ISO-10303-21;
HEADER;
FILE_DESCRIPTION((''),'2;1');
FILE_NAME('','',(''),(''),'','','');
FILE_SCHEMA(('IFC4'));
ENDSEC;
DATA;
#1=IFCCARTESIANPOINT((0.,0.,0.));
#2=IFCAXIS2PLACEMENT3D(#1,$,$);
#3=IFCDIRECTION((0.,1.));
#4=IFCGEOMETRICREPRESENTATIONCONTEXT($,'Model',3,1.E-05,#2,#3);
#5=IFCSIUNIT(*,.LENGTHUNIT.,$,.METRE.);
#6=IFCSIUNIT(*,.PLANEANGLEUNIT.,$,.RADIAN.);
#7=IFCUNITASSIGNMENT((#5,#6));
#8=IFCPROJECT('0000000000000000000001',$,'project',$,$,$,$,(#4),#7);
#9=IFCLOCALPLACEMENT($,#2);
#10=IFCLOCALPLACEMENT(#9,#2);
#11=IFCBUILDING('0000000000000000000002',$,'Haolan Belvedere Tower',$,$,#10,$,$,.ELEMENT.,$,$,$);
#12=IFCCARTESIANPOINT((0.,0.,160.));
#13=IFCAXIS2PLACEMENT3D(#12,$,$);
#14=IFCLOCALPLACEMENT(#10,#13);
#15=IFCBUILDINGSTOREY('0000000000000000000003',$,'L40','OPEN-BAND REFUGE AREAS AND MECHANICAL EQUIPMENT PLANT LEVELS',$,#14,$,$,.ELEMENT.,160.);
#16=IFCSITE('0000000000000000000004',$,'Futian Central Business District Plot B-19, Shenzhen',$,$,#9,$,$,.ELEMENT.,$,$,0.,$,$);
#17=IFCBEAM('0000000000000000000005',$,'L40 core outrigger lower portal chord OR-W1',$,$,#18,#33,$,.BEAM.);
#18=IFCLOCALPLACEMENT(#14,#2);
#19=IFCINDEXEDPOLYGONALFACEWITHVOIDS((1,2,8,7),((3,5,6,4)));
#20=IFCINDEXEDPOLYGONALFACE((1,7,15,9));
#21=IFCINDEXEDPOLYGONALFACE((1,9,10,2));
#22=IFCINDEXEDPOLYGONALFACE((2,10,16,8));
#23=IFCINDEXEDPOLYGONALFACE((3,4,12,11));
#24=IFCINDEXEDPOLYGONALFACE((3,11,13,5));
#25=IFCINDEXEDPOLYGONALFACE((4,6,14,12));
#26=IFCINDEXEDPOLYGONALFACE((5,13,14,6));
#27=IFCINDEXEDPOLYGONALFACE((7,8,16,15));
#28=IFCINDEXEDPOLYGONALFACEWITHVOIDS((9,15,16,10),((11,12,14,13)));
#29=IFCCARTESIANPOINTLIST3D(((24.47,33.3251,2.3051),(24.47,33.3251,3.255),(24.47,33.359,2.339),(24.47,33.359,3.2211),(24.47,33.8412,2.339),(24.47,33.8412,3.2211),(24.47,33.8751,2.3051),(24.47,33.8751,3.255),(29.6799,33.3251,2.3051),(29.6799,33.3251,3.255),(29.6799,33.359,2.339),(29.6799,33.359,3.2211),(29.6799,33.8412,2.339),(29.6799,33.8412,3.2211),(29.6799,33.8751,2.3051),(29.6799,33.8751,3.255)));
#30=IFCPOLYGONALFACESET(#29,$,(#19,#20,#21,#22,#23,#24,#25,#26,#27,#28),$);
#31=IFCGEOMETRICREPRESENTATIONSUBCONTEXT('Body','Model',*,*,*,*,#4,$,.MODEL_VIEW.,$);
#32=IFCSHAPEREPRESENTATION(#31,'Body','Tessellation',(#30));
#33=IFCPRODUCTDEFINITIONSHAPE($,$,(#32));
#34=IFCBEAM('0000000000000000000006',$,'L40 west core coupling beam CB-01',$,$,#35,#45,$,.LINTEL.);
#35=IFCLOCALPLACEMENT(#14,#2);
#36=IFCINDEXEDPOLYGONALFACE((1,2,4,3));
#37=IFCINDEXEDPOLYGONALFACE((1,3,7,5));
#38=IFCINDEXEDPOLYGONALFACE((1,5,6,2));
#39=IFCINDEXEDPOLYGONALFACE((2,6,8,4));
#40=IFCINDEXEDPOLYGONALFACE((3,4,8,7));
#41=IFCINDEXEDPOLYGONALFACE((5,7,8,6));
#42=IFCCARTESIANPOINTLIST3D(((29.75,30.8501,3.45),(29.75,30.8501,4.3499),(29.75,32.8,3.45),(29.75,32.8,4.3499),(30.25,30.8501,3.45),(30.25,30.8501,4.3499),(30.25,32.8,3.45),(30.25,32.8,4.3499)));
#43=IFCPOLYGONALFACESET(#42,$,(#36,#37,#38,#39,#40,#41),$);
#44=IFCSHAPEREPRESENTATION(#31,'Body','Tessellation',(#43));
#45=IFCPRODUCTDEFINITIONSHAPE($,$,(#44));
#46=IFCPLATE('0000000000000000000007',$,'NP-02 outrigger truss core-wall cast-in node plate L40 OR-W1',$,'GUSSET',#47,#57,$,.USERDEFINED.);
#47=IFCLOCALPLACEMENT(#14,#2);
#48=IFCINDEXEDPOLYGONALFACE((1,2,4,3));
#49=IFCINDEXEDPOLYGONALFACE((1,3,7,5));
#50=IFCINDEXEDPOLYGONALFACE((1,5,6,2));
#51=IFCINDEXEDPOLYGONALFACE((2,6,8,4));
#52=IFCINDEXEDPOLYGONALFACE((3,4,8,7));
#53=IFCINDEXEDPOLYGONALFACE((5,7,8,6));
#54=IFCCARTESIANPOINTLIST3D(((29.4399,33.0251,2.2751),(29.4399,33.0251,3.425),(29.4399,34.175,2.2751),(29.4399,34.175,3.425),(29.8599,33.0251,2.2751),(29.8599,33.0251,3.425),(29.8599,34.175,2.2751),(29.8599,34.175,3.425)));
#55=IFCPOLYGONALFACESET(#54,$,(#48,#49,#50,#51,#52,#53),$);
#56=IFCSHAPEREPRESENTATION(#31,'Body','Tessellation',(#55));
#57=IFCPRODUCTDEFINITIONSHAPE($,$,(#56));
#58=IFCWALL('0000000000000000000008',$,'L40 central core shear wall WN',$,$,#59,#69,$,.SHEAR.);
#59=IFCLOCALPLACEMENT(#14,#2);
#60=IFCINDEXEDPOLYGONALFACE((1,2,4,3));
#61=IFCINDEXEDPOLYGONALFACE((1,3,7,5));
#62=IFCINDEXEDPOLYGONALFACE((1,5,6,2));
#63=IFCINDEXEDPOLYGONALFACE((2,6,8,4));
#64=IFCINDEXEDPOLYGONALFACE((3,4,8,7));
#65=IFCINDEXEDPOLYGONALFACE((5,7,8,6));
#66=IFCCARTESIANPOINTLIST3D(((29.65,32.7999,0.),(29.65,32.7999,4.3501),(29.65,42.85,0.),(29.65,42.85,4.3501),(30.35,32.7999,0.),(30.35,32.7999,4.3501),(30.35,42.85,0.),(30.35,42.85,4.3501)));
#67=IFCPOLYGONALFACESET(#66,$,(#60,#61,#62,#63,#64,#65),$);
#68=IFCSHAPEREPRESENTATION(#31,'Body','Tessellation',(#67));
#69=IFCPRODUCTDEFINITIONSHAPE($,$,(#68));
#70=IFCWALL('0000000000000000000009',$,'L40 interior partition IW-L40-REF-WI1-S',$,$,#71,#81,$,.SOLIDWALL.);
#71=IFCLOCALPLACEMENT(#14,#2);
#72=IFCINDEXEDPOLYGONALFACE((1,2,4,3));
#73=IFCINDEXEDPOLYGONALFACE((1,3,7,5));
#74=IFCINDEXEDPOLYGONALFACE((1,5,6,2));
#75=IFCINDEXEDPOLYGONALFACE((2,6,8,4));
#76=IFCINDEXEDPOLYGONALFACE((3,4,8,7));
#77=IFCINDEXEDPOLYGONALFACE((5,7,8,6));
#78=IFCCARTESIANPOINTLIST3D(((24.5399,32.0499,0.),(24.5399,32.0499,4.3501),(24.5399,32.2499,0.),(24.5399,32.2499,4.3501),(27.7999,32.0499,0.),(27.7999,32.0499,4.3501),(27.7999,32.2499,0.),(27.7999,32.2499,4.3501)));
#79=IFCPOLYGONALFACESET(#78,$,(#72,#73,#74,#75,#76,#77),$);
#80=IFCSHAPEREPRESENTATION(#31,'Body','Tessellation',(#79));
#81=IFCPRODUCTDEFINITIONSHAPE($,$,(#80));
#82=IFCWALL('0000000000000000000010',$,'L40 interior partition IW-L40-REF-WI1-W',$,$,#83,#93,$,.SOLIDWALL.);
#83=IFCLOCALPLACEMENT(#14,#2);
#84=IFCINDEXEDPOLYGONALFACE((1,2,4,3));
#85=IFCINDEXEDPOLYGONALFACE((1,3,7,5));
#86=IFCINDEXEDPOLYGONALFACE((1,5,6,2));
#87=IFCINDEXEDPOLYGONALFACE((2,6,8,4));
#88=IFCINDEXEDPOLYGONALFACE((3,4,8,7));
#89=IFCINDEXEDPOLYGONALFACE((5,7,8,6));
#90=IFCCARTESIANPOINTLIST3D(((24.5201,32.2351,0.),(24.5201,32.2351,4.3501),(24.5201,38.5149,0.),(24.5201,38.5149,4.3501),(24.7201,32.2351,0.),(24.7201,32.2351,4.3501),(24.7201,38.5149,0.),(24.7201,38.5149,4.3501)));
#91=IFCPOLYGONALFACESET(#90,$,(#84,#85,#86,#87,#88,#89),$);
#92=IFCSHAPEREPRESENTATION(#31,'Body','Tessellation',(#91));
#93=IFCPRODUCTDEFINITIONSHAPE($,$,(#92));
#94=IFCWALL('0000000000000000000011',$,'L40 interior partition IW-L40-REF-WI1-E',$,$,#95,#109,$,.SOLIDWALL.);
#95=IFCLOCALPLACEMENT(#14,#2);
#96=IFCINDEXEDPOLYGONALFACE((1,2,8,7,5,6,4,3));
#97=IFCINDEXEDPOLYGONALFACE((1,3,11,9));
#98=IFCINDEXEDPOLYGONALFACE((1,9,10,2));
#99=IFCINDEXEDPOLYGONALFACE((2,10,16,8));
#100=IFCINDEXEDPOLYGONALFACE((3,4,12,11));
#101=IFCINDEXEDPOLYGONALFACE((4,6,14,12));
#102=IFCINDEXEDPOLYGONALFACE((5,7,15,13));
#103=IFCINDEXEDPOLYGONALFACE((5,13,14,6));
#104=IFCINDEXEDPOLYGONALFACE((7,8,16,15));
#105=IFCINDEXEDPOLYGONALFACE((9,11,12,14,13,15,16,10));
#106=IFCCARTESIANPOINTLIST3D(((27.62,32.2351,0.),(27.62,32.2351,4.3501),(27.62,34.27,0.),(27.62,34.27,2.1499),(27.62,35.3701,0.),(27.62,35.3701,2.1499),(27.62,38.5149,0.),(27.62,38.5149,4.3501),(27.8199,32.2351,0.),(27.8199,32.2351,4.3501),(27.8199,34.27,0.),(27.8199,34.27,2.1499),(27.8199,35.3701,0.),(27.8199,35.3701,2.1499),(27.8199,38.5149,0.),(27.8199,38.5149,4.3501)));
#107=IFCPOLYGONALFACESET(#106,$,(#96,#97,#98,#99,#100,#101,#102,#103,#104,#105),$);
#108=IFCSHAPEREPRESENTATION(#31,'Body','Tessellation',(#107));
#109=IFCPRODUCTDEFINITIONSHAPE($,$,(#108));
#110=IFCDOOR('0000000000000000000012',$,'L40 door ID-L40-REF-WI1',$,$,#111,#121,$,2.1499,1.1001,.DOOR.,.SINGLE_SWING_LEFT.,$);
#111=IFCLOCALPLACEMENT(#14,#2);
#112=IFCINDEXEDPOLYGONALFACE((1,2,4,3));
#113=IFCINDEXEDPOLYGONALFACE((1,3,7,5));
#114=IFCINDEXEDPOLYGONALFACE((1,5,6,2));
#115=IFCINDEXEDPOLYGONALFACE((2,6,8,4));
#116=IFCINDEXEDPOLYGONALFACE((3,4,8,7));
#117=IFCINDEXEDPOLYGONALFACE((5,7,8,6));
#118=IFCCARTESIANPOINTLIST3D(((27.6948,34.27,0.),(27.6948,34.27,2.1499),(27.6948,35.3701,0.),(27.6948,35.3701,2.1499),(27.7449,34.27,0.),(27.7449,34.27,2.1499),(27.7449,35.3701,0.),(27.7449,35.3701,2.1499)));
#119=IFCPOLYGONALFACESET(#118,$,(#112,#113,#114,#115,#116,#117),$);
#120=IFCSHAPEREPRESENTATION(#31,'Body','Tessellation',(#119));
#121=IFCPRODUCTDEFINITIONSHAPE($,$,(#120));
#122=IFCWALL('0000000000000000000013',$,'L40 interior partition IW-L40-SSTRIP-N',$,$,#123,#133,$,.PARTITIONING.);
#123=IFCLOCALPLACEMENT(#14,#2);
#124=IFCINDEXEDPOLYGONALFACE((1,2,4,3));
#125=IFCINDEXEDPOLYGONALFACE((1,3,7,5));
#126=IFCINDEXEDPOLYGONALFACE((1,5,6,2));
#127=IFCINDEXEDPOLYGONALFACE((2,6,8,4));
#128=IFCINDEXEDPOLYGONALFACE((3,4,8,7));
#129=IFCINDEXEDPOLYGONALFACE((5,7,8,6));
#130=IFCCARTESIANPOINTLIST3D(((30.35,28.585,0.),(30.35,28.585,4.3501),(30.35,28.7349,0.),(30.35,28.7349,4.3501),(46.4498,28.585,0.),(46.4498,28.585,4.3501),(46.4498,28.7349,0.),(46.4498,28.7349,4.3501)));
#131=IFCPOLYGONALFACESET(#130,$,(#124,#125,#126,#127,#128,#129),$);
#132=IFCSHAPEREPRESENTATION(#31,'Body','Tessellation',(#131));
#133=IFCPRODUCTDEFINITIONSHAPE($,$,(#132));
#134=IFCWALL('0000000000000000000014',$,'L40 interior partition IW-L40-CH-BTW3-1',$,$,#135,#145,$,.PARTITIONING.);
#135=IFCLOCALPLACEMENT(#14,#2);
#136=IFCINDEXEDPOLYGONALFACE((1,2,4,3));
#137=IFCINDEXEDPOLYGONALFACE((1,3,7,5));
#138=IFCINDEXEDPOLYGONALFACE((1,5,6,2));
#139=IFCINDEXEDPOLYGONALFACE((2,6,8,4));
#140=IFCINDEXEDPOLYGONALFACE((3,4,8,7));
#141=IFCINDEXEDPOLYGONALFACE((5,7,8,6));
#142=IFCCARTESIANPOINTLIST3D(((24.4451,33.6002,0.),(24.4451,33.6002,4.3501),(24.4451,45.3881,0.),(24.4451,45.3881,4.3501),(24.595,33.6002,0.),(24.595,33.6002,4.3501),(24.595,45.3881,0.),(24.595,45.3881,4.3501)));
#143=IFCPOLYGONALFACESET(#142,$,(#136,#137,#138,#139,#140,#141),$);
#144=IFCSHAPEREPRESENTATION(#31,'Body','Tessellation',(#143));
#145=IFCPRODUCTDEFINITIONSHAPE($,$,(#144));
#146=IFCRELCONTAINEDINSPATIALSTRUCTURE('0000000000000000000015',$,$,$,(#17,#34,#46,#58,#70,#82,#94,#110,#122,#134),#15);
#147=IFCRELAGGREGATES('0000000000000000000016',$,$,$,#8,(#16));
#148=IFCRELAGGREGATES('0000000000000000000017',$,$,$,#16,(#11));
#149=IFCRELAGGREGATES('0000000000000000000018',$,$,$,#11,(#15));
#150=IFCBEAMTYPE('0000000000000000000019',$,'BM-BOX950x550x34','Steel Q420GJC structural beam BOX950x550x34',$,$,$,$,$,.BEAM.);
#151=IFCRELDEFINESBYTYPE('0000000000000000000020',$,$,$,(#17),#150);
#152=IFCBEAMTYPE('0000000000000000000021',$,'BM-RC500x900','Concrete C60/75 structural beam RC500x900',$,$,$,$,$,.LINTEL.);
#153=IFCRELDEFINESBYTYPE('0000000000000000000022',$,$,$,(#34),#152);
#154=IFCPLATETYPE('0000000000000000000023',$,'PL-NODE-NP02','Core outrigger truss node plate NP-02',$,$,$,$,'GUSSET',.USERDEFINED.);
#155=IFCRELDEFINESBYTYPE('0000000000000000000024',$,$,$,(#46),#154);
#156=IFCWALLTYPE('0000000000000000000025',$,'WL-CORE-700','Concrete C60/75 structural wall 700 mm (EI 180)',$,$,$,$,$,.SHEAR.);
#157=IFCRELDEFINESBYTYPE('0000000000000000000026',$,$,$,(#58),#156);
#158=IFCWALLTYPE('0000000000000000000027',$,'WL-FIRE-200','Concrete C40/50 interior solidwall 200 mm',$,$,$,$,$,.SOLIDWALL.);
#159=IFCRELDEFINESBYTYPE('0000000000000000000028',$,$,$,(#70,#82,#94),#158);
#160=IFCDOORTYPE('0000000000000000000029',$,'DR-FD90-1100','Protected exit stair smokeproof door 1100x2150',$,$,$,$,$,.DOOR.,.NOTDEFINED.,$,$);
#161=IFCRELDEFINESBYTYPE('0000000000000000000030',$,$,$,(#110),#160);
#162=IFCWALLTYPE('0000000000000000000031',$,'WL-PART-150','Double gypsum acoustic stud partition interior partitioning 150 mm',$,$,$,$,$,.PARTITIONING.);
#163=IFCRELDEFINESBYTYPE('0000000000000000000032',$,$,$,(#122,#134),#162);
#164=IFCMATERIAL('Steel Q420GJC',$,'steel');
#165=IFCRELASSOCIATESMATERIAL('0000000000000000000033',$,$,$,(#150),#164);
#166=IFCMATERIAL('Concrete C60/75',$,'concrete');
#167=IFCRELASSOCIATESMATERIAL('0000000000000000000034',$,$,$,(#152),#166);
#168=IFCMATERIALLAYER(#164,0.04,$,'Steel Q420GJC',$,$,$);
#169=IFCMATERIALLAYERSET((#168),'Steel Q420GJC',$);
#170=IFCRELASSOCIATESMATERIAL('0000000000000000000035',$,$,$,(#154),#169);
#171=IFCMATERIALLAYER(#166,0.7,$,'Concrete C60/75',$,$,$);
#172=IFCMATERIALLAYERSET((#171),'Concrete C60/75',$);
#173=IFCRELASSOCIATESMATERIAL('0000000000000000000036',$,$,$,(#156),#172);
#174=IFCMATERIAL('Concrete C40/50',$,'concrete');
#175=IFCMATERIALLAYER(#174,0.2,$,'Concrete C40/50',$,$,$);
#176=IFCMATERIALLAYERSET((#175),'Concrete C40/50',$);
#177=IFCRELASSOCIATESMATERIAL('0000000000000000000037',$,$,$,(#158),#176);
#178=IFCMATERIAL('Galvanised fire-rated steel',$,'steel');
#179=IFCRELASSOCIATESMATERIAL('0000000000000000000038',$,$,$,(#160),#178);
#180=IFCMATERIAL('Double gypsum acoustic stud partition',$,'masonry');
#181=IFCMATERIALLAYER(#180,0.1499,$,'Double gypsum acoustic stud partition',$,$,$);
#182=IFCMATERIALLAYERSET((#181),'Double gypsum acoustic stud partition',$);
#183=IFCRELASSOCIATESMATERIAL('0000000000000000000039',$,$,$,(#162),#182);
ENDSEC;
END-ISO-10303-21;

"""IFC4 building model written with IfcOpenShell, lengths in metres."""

from ifc_helpers import new_model, si_unit, direction, frame, frame_2d, origin, origin_2d, place, context, subcontext, project, spatial, rectangle, hollow_rectangle, extrude, material, layer, layer_set, material_profile, profile_set, type_object, element, fill, save


model = new_model("IFC4")

# Units and contexts
model_context = context("Model", 3, precision=1e-05, world=origin(), true_north=direction((0.0, 1.0)))
body_context = subcontext(model_context, "Body", "Model", "MODEL_VIEW")
ifc_project = project(units=[si_unit("LENGTHUNIT", "METRE"), si_unit("PLANEANGLEUNIT", "RADIAN")], contexts=[model_context])

# Site, building, storey
site_placement = place(None, origin())
site = spatial("IfcSite", under=ifc_project, at=site_placement, Name="Futian Central Business District Plot B-19, Shenzhen", CompositionType="ELEMENT", RefElevation=0.0)
building_placement = place(site_placement, origin())
building = spatial("IfcBuilding", under=site, at=building_placement, Name="Haolan Belvedere Tower", CompositionType="ELEMENT")
storey_placement = place(building_placement, frame((0.0, 0.0, 160.0)))
storey = spatial("IfcBuildingStorey", under=building, at=storey_placement, Name="L40", Description="OPEN-BAND REFUGE AREAS AND MECHANICAL EQUIPMENT PLANT LEVELS", CompositionType="ELEMENT", Elevation=160.0)

# Beams
ifc_material_1 = material(Name="Steel Q420GJC", Category="steel")
ifc_material_profile_1 = material_profile(ifc_material_1, hollow_rectangle(XDim=0.55, YDim=0.95, WallThickness=0.0339, at=origin_2d()), Name="Steel Q420GJC")
ifc_profile_set_1 = profile_set([ifc_material_profile_1], Name="Steel Q420GJC")
beam_type_1 = type_object("IfcBeamType", Name="BM-BOX950x550x34", Description="Steel Q420GJC structural beam BOX950x550x34", PredefinedType="BEAM", material=ifc_profile_set_1)
beam_1_placement = place(storey_placement, frame((29.6799, 33.6001, 2.78), z_axis=(-1.0, 0.0, 0.0), x_axis=(0.0, -1.0, 0.0)))
element("IfcBeam", 1, at=beam_1_placement, inside=storey, type_object=beam_type_1, Name="L40 core outrigger lower portal chord OR-W1", PredefinedType="BEAM", context=body_context, shape_type="SweptSolid", body=[
    extrude(hollow_rectangle(XDim=0.55, YDim=0.95, WallThickness=0.0339, at=origin_2d()), origin(), (0.0, 0.0, 1.0), 5.21),
])
ifc_material_2 = material(Name="Concrete C60/75", Category="concrete")
ifc_material_profile_2 = material_profile(ifc_material_2, rectangle(XDim=0.5, YDim=0.8999, at=origin_2d()), Name="Concrete C60/75")
ifc_profile_set_2 = profile_set([ifc_material_profile_2], Name="Concrete C60/75")
beam_type_2 = type_object("IfcBeamType", Name="BM-RC500x900", Description="Concrete C60/75 structural beam RC500x900", PredefinedType="LINTEL", material=ifc_profile_set_2)
beam_2_placement = place(storey_placement, frame((30.0, 30.8501, 3.8999), z_axis=(0.0, 1.0, 0.0), x_axis=(-1.0, 0.0, 0.0)))
element("IfcBeam", 2, at=beam_2_placement, inside=storey, type_object=beam_type_2, Name="L40 west core coupling beam CB-01", PredefinedType="LINTEL", context=body_context, shape_type="SweptSolid", body=[
    extrude(rectangle(XDim=0.5, YDim=0.8999, at=origin_2d()), origin(), (0.0, 0.0, 1.0), 1.95),
])

# Plate
ifc_layer_1 = layer(ifc_material_1, 0.04, Name="Steel Q420GJC")
ifc_layer_set_1 = layer_set([ifc_layer_1], Name="Steel Q420GJC")
plate_type = type_object("IfcPlateType", Name="PL-NODE-NP02", Description="Core outrigger truss node plate NP-02", ElementType="GUSSET", PredefinedType="USERDEFINED", material=ifc_layer_set_1)
plate_placement = place(storey_placement, frame((29.6499, 33.6001, 2.2751), z_axis=(0.0, 0.0, 1.0), x_axis=(1.0, 0.0, 0.0)))
element("IfcPlate", 3, at=plate_placement, inside=storey, type_object=plate_type, Name="NP-02 outrigger truss core-wall cast-in node plate L40 OR-W1", ObjectType="GUSSET", PredefinedType="USERDEFINED", context=body_context, shape_type="SweptSolid", body=[
    extrude(rectangle(XDim=0.4199, YDim=1.1499, at=origin_2d()), origin(), (0.0, 0.0, 1.0), 1.1499),
])

# Walls
ifc_layer_2 = layer(ifc_material_2, 0.7, Name="Concrete C60/75")
ifc_layer_set_2 = layer_set([ifc_layer_2], Name="Concrete C60/75")
wall_type_1 = type_object("IfcWallType", Name="WL-CORE-700", Description="Concrete C60/75 structural wall 700 mm (EI 180)", PredefinedType="SHEAR", material=ifc_layer_set_2)
wall_1_placement = place(storey_placement, frame((30.0, 32.8, 0.0), z_axis=(0.0, 0.0, 1.0), x_axis=(0.0, 1.0, 0.0)))
element("IfcWall", 4, at=wall_1_placement, inside=storey, type_object=wall_type_1, Name="L40 central core shear wall WN", PredefinedType="SHEAR", context=body_context, shape_type="SweptSolid", body=[
    extrude(rectangle(XDim=10.05, YDim=0.7, at=frame_2d((5.0249, 0.0))), origin(), (0.0, 0.0, 1.0), 4.3501),
])
ifc_material_3 = material(Name="Concrete C40/50", Category="concrete")
ifc_layer_3 = layer(ifc_material_3, 0.2, Name="Concrete C40/50")
ifc_layer_set_3 = layer_set([ifc_layer_3], Name="Concrete C40/50")
wall_type_2 = type_object("IfcWallType", Name="WL-FIRE-200", Description="Concrete C40/50 interior solidwall 200 mm", PredefinedType="SOLIDWALL", material=ifc_layer_set_3)
wall_2_placement = place(storey_placement, frame((24.54, 32.1499, 0.0), z_axis=(0.0, 0.0, 1.0), x_axis=(1.0, 0.0, 0.0)))
element("IfcWall", 5, at=wall_2_placement, inside=storey, type_object=wall_type_2, Name="L40 interior partition IW-L40-REF-WI1-S", PredefinedType="SOLIDWALL", context=body_context, shape_type="SweptSolid", body=[
    extrude(rectangle(XDim=3.26, YDim=0.2, at=frame_2d((1.6299, 0.0))), origin(), (0.0, 0.0, 1.0), 4.3501),
])
wall_3_placement = place(storey_placement, frame((24.6201, 32.2351, 0.0), z_axis=(0.0, 0.0, 1.0), x_axis=(0.0, 1.0, 0.0)))
element("IfcWall", 6, at=wall_3_placement, inside=storey, type_object=wall_type_2, Name="L40 interior partition IW-L40-REF-WI1-W", PredefinedType="SOLIDWALL", context=body_context, shape_type="SweptSolid", body=[
    extrude(rectangle(XDim=6.2798, YDim=0.2, at=frame_2d((3.1399, 0.0))), origin(), (0.0, 0.0, 1.0), 4.3501),
])

# Wall, opening, door
wall_4_placement = place(storey_placement, frame((27.72, 32.2351, 0.0), z_axis=(0.0, 0.0, 1.0), x_axis=(0.0, 1.0, 0.0)))
wall_4 = element("IfcWall", 7, at=wall_4_placement, inside=storey, type_object=wall_type_2, Name="L40 interior partition IW-L40-REF-WI1-E", PredefinedType="SOLIDWALL", context=body_context, shape_type="SweptSolid", body=[
    extrude(rectangle(XDim=6.2798, YDim=0.2, at=frame_2d((3.1399, 0.0))), origin(), (0.0, 0.0, 1.0), 4.3501),
])
opening_1_placement = place(wall_4_placement, frame((3.135, 0.0, 0.0), z_axis=(0.0, 0.0, 1.0), x_axis=(-1.0, 0.0, 0.0)))
opening_1 = element("IfcOpeningElement", 8, at=opening_1_placement, cuts=wall_4, PredefinedType="OPENING", context=body_context, shape_type="SweptSolid", body=[
    extrude(rectangle(XDim=1.1001, YDim=2.1499, at=frame_2d((0.55, 1.075))), frame((0.0, 0.1099, 0.0), z_axis=(0.0, -1.0, 0.0), x_axis=(1.0, 0.0, 0.0)), (0.0, 0.0, 1.0), 0.22),
])
ifc_material_4 = material(Name="Galvanised fire-rated steel", Category="steel")
door_type_1 = type_object("IfcDoorType", Name="DR-FD90-1100", Description="Protected exit stair smokeproof door 1100x2150", OperationType="NOTDEFINED", PredefinedType="DOOR", material=ifc_material_4)
door_1_placement = place(opening_1_placement, origin())
door_1 = element("IfcDoor", 9, at=door_1_placement, inside=storey, type_object=door_type_1, Name="L40 door ID-L40-REF-WI1", OperationType="SINGLE_SWING_LEFT", OverallHeight=2.1499, OverallWidth=1.1001, PredefinedType="DOOR", context=body_context, shape_type="SweptSolid", body=[
    extrude(rectangle(XDim=1.1001, YDim=2.1499, at=frame_2d((0.55, 1.075))), frame((0.0, 0.0249, 0.0), z_axis=(0.0, -1.0, 0.0), x_axis=(1.0, 0.0, 0.0)), (0.0, 0.0, 1.0), 0.05),
])
fill(opening_1, door_1)

# Walls
ifc_material_5 = material(Name="Double gypsum acoustic stud partition", Category="masonry")
ifc_layer_4 = layer(ifc_material_5, 0.1499, Name="Double gypsum acoustic stud partition")
ifc_layer_set_4 = layer_set([ifc_layer_4], Name="Double gypsum acoustic stud partition")
wall_type_3 = type_object("IfcWallType", Name="WL-PART-150", Description="Double gypsum acoustic stud partition interior partitioning 150 mm", PredefinedType="PARTITIONING", material=ifc_layer_set_4)
wall_5_placement = place(storey_placement, frame((30.3501, 28.6599, 0.0), z_axis=(0.0, 0.0, 1.0), x_axis=(1.0, 0.0, 0.0)))
element("IfcWall", 10, at=wall_5_placement, inside=storey, type_object=wall_type_3, Name="L40 interior partition IW-L40-SSTRIP-N", PredefinedType="PARTITIONING", context=body_context, shape_type="SweptSolid", body=[
    extrude(rectangle(XDim=16.0999, YDim=0.1499, at=frame_2d((8.0498, 0.0))), origin(), (0.0, 0.0, 1.0), 4.3501),
])
wall_6_placement = place(storey_placement, frame((24.52, 33.6001, 0.0), z_axis=(0.0, 0.0, 1.0), x_axis=(0.0, 1.0, 0.0)))
element("IfcWall", 11, at=wall_6_placement, inside=storey, type_object=wall_type_3, Name="L40 interior partition IW-L40-CH-BTW3-1", PredefinedType="PARTITIONING", context=body_context, shape_type="SweptSolid", body=[
    extrude(rectangle(XDim=11.7878, YDim=0.1499, at=frame_2d((5.894, 0.0))), origin(), (0.0, 0.0, 1.0), 4.3501),
])

save(model, "model.ifc")
